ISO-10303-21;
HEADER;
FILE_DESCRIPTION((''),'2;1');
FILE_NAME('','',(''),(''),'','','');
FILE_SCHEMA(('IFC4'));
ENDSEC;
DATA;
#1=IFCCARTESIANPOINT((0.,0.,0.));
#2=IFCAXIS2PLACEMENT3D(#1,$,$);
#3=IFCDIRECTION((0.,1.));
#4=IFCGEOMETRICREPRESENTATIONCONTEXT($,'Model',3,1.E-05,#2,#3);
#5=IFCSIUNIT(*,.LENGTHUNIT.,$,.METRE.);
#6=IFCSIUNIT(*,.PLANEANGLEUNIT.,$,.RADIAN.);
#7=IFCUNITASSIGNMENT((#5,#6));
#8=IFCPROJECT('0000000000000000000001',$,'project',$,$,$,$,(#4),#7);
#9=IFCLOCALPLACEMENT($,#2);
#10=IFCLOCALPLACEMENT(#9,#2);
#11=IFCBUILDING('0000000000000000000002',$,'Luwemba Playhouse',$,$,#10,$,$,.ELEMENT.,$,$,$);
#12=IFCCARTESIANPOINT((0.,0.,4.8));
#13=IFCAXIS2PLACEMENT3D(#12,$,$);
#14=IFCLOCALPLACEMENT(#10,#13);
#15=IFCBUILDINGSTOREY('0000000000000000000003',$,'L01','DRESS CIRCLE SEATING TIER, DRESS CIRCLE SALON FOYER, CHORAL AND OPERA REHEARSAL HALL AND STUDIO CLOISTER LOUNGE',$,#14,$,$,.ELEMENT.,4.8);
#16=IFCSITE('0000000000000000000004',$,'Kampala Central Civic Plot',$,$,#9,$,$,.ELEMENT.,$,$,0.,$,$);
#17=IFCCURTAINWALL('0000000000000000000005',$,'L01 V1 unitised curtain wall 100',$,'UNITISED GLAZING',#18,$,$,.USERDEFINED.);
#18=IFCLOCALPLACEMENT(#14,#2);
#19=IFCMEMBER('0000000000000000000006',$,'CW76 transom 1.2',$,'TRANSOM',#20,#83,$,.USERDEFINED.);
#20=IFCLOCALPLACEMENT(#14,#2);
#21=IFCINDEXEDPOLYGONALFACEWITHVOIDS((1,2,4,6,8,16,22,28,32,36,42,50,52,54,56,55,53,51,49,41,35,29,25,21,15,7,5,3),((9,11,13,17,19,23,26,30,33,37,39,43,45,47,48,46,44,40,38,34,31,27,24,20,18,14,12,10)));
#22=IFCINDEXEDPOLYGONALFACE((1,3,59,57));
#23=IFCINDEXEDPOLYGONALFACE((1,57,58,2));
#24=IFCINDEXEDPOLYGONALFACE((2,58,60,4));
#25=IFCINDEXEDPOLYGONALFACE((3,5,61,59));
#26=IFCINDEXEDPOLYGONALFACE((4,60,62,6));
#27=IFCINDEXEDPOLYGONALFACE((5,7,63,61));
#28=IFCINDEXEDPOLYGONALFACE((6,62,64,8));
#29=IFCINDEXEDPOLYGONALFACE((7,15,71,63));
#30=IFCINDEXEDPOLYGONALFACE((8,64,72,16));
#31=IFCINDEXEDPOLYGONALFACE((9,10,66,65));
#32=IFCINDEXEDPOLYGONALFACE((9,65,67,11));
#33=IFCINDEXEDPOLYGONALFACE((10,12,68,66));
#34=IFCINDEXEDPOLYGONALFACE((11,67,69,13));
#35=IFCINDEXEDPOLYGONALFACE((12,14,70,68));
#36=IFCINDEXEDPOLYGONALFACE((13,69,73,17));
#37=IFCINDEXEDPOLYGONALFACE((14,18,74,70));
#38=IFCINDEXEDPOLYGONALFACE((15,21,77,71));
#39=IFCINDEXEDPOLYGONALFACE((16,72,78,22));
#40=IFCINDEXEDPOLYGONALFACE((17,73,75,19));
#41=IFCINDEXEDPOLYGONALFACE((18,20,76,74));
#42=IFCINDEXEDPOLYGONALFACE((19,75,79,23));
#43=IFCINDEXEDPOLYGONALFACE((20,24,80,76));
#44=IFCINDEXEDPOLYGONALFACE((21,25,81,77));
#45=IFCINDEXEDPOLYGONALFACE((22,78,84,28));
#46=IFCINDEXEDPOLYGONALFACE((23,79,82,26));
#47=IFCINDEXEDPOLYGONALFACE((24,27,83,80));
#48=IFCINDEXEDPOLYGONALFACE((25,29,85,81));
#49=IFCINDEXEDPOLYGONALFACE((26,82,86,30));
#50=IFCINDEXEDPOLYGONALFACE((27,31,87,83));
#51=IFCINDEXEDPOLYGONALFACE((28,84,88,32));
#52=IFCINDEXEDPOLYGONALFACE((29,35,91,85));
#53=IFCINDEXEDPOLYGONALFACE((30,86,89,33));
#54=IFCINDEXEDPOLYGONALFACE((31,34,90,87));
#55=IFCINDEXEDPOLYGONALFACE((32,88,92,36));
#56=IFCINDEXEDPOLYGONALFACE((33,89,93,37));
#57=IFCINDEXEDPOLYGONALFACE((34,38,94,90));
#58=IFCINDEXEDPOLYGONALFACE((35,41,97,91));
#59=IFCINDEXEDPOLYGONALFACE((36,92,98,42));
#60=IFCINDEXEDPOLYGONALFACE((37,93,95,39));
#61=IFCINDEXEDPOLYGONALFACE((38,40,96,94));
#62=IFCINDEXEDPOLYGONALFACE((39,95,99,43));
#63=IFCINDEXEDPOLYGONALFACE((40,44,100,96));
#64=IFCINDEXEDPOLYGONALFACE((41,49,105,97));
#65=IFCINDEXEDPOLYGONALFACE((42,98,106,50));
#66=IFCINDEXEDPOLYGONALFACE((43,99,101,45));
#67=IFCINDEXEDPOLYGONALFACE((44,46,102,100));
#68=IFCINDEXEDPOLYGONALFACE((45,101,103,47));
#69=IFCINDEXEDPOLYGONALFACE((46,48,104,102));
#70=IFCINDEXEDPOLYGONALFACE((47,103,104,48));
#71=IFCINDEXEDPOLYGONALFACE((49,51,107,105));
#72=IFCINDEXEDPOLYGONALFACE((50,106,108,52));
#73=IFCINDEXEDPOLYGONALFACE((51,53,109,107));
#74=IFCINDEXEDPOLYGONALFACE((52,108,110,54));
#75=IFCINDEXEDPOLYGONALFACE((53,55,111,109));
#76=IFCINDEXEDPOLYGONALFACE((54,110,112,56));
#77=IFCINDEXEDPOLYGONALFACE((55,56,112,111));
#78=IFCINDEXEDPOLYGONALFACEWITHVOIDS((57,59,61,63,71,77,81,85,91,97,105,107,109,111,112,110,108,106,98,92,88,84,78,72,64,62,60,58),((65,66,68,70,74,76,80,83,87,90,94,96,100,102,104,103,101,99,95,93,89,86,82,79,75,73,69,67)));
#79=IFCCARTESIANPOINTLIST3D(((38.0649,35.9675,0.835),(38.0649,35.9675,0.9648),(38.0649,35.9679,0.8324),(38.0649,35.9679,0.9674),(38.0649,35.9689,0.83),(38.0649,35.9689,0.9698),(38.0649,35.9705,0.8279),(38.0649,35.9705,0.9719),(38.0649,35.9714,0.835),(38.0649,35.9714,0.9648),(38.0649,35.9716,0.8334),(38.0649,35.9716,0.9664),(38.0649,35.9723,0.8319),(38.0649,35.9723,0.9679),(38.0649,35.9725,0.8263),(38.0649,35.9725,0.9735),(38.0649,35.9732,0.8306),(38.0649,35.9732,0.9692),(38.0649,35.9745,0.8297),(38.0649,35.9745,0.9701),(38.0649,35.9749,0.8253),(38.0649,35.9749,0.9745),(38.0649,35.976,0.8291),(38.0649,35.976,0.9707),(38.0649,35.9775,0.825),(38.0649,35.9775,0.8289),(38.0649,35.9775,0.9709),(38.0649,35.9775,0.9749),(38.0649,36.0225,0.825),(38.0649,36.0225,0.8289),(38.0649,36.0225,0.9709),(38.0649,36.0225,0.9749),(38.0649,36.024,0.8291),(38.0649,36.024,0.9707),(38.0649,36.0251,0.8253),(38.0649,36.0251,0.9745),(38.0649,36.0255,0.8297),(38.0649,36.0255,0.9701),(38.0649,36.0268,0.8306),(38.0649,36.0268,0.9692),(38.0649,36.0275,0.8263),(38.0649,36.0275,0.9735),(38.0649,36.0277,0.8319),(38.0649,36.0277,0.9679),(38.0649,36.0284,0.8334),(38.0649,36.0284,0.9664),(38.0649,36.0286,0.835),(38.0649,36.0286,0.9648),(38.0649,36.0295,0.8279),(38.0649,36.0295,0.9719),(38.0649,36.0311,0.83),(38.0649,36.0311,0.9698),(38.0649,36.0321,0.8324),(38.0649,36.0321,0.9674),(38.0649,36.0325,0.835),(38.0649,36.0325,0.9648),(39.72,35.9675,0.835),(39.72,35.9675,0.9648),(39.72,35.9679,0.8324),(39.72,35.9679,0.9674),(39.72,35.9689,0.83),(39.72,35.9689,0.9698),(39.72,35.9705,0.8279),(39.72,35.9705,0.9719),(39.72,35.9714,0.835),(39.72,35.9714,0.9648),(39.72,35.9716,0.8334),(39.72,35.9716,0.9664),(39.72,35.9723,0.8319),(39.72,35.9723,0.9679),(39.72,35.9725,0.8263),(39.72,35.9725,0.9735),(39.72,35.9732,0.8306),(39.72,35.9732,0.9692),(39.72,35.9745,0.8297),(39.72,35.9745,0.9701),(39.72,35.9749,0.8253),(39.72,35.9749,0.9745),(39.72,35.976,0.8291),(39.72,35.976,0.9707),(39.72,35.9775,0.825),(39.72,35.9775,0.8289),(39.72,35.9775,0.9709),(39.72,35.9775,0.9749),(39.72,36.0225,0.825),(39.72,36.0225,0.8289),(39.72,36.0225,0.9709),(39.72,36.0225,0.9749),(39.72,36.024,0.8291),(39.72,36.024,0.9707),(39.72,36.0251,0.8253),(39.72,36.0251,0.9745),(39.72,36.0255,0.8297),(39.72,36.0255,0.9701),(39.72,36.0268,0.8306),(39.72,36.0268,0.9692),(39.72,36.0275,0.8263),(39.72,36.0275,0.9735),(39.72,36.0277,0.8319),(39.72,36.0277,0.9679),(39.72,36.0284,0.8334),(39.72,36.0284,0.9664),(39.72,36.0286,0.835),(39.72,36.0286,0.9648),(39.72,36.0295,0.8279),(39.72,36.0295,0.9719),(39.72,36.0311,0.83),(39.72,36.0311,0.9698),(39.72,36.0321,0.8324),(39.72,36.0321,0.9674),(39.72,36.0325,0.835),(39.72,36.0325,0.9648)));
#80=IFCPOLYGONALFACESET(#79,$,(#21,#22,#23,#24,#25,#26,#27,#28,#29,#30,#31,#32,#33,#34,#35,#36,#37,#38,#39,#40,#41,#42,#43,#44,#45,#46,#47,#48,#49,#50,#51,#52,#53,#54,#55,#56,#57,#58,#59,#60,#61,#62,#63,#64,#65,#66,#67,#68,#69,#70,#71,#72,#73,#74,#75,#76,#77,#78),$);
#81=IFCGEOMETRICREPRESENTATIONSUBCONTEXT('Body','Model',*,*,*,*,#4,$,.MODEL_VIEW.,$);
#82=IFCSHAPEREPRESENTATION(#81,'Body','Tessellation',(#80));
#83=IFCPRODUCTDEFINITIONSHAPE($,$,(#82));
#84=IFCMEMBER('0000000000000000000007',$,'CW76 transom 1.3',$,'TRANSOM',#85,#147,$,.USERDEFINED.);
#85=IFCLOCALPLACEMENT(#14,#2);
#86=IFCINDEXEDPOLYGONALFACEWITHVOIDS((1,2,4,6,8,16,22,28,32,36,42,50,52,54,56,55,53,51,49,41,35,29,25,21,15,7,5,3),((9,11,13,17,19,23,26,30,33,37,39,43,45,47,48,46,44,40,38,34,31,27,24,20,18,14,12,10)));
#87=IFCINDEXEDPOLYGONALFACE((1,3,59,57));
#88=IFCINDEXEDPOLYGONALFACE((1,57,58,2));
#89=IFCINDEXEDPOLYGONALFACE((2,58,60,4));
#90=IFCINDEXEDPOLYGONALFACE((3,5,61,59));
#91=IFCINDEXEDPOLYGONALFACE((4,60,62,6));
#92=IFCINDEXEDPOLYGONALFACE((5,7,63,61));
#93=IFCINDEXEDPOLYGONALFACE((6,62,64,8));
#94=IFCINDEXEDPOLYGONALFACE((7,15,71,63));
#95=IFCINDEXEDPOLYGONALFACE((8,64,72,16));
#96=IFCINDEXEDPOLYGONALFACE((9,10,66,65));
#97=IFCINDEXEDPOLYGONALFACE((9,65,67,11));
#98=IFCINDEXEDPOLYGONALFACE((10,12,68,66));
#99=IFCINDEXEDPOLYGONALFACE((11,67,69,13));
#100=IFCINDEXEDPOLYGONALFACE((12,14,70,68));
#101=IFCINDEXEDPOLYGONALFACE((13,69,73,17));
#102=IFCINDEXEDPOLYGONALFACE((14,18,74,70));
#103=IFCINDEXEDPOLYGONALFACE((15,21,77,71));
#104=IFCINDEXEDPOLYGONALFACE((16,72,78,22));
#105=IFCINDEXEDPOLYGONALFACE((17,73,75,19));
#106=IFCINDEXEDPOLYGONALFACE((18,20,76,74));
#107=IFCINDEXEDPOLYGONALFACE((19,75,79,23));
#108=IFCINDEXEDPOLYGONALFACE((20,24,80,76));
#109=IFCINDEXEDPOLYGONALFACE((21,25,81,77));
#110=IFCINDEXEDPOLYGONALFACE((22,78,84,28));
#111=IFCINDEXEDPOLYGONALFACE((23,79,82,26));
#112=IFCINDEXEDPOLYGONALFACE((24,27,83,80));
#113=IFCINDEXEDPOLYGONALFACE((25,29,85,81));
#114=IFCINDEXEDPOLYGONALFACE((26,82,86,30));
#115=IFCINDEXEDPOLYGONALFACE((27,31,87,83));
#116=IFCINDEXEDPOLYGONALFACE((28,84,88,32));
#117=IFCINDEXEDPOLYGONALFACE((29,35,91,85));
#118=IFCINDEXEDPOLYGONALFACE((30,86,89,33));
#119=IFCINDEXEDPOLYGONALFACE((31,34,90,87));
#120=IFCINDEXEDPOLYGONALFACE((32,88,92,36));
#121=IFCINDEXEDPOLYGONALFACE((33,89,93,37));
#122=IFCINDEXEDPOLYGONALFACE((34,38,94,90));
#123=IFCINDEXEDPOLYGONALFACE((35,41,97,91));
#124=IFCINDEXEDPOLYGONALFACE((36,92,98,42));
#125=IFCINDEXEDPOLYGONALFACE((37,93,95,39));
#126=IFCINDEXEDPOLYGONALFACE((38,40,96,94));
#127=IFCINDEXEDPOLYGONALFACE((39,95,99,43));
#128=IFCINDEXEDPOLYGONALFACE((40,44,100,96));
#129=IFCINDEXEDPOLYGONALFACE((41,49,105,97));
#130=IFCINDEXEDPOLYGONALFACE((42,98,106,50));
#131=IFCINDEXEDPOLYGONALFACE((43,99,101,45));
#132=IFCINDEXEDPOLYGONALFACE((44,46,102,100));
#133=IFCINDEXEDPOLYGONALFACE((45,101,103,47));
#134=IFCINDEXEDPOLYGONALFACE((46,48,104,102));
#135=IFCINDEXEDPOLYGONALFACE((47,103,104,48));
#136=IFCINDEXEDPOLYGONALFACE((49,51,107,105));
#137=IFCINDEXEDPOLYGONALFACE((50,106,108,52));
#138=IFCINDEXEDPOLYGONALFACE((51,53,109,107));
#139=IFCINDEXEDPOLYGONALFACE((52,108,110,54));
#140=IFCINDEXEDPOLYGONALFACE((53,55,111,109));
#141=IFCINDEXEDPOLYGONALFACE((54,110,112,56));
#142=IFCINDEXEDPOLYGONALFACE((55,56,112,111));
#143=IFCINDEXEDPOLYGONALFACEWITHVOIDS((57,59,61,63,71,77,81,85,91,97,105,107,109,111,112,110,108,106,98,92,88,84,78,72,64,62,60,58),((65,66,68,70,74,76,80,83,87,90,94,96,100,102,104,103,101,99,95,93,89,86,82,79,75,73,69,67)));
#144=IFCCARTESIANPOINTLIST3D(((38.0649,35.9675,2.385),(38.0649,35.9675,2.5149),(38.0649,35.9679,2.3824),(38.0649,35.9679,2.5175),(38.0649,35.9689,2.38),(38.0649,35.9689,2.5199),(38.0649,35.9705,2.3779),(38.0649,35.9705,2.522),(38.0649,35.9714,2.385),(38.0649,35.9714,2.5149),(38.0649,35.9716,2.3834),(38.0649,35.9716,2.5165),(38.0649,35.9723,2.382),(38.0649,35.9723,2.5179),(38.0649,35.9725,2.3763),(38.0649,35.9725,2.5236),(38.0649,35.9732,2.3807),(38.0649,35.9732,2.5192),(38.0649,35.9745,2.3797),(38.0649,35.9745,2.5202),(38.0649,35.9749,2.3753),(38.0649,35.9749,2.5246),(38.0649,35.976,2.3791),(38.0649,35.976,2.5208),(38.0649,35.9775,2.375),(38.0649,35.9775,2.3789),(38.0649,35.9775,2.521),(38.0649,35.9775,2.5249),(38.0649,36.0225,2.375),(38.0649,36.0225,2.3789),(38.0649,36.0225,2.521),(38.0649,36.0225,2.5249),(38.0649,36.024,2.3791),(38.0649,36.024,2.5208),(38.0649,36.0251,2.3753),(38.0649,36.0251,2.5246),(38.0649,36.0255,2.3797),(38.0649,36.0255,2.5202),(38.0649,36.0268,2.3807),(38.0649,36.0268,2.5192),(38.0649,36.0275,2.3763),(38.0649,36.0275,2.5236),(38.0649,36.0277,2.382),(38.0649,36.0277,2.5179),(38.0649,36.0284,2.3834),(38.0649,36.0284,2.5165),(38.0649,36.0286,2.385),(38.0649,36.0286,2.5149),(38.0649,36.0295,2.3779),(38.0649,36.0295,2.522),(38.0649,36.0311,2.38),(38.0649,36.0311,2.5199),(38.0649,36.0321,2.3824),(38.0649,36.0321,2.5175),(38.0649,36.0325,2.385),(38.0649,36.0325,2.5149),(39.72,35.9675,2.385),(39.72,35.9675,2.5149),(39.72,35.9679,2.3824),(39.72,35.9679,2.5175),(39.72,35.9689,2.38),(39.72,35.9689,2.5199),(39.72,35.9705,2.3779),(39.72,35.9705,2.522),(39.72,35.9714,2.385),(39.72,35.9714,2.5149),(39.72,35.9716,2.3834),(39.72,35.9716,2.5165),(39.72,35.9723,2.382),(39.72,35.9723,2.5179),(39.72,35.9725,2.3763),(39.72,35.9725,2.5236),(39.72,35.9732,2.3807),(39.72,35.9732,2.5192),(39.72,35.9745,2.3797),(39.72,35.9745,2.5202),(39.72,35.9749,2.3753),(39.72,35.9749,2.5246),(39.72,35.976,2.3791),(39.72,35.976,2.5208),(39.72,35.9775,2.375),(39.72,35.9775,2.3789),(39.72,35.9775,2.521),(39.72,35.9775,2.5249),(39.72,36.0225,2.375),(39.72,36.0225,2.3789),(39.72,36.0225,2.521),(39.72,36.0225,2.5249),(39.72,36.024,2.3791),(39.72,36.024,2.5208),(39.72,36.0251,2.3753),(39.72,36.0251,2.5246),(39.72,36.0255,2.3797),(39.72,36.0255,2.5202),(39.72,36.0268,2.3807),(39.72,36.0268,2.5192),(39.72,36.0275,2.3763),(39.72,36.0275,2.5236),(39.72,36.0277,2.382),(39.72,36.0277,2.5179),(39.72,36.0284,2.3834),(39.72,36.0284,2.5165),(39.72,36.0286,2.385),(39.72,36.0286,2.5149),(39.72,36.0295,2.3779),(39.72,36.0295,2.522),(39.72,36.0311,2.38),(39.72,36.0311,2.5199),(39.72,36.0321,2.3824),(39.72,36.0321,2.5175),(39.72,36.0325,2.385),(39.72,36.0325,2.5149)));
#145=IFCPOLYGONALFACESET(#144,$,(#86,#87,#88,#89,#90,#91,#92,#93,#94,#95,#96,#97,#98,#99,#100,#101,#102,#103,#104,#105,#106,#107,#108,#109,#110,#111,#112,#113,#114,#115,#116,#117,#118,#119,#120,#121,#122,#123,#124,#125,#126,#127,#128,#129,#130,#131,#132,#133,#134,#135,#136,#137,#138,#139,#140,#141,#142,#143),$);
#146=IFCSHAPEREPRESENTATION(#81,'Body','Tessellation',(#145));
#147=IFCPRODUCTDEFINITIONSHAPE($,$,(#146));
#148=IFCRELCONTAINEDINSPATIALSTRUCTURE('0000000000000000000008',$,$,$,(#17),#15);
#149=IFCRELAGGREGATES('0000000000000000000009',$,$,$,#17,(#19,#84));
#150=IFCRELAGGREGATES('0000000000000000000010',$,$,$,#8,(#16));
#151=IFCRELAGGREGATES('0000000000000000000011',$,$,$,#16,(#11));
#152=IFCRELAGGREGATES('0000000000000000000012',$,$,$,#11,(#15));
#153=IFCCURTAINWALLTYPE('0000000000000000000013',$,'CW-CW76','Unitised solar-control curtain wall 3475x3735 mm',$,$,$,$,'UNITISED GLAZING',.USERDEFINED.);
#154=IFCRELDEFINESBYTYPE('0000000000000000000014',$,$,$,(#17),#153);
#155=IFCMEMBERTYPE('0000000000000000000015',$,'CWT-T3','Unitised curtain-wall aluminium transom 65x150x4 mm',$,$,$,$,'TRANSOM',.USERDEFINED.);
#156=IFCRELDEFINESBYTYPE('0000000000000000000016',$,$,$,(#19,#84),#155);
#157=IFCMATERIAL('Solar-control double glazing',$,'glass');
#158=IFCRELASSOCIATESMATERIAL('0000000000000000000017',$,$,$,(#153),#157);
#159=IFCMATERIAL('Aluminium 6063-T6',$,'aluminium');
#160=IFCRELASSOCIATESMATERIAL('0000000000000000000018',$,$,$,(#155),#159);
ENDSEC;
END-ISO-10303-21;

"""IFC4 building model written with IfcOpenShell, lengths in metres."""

from ifc_helpers import new_model, si_unit, direction, frame, origin, origin_2d, place, context, subcontext, project, spatial, hollow_rectangle, extrude, material, material_profile, profile_set, type_object, element, aggregate, save


model = new_model("IFC4")

# Units and contexts
model_context = context("Model", 3, precision=1e-05, world=origin(), true_north=direction((0.0, 1.0)))
body_context = subcontext(model_context, "Body", "Model", "MODEL_VIEW")
ifc_project = project(units=[si_unit("LENGTHUNIT", "METRE"), si_unit("PLANEANGLEUNIT", "RADIAN")], contexts=[model_context])

# Site, building, storey
site_placement = place(None, origin())
site = spatial("IfcSite", under=ifc_project, at=site_placement, Name="Kampala Central Civic Plot", CompositionType="ELEMENT", RefElevation=0.0)
building_placement = place(site_placement, origin())
building = spatial("IfcBuilding", under=site, at=building_placement, Name="Luwemba Playhouse", CompositionType="ELEMENT")
storey_placement = place(building_placement, frame((0.0, 0.0, 4.8)))
storey = spatial("IfcBuildingStorey", under=building, at=storey_placement, Name="L01", Description="DRESS CIRCLE SEATING TIER, DRESS CIRCLE SALON FOYER, CHORAL AND OPERA REHEARSAL HALL AND STUDIO CLOISTER LOUNGE", CompositionType="ELEMENT", Elevation=4.8)

# Shared definitions
ifc_material_1 = material(Name="Solar-control double glazing", Category="glass")
ifc_material_2 = material(Name="Aluminium 6063-T6", Category="aluminium")

# Curtain wall
curtain_wall_type_1 = type_object("IfcCurtainWallType", Name="CW-CW76", Description="Unitised solar-control curtain wall 3475x3735 mm", ElementType="UNITISED GLAZING", PredefinedType="USERDEFINED", material=ifc_material_1)
curtain_wall_1_placement = place(storey_placement, origin())
curtain_wall_1 = element("IfcCurtainWall", 1, at=curtain_wall_1_placement, inside=storey, type_object=curtain_wall_type_1, Name="L01 V1 unitised curtain wall 100", ObjectType="UNITISED GLAZING", PredefinedType="USERDEFINED")

# Members
ifc_material_profile_1 = material_profile(ifc_material_2, hollow_rectangle(XDim=0.0649, YDim=0.1499, WallThickness=0.0039, InnerFilletRadius=0.0061, OuterFilletRadius=0.01, at=origin_2d()))
ifc_profile_set_1 = profile_set([ifc_material_profile_1], Name="Aluminium 6063-T6")
member_type_1 = type_object("IfcMemberType", Name="CWT-T3", Description="Unitised curtain-wall aluminium transom 65x150x4 mm", ElementType="TRANSOM", PredefinedType="USERDEFINED", material=ifc_profile_set_1)
member_1_placement = place(storey_placement, frame((39.72, 36.0, 0.8999), z_axis=(-1.0, 0.0, 0.0), x_axis=(0.0, -1.0, 0.0)))
member_1 = element("IfcMember", 2, at=member_1_placement, type_object=member_type_1, Name="CW76 transom 1.2", ObjectType="TRANSOM", PredefinedType="USERDEFINED", context=body_context, shape_type="SweptSolid", body=[
    extrude(hollow_rectangle(XDim=0.0649, YDim=0.1499, WallThickness=0.0039, InnerFilletRadius=0.0061, OuterFilletRadius=0.01, at=origin_2d()), origin(), (0.0, 0.0, 1.0), 1.655),
])
member_2_placement = place(storey_placement, frame((39.72, 36.0, 2.45), z_axis=(-1.0, 0.0, 0.0), x_axis=(0.0, -1.0, 0.0)))
member_2 = element("IfcMember", 3, at=member_2_placement, type_object=member_type_1, Name="CW76 transom 1.3", ObjectType="TRANSOM", PredefinedType="USERDEFINED", context=body_context, shape_type="SweptSolid", body=[
    extrude(hollow_rectangle(XDim=0.0649, YDim=0.1499, WallThickness=0.0039, InnerFilletRadius=0.0061, OuterFilletRadius=0.01, at=origin_2d()), origin(), (0.0, 0.0, 1.0), 1.655),
])

aggregate(curtain_wall_1, [member_1, member_2])

save(model, "model.ifc")
